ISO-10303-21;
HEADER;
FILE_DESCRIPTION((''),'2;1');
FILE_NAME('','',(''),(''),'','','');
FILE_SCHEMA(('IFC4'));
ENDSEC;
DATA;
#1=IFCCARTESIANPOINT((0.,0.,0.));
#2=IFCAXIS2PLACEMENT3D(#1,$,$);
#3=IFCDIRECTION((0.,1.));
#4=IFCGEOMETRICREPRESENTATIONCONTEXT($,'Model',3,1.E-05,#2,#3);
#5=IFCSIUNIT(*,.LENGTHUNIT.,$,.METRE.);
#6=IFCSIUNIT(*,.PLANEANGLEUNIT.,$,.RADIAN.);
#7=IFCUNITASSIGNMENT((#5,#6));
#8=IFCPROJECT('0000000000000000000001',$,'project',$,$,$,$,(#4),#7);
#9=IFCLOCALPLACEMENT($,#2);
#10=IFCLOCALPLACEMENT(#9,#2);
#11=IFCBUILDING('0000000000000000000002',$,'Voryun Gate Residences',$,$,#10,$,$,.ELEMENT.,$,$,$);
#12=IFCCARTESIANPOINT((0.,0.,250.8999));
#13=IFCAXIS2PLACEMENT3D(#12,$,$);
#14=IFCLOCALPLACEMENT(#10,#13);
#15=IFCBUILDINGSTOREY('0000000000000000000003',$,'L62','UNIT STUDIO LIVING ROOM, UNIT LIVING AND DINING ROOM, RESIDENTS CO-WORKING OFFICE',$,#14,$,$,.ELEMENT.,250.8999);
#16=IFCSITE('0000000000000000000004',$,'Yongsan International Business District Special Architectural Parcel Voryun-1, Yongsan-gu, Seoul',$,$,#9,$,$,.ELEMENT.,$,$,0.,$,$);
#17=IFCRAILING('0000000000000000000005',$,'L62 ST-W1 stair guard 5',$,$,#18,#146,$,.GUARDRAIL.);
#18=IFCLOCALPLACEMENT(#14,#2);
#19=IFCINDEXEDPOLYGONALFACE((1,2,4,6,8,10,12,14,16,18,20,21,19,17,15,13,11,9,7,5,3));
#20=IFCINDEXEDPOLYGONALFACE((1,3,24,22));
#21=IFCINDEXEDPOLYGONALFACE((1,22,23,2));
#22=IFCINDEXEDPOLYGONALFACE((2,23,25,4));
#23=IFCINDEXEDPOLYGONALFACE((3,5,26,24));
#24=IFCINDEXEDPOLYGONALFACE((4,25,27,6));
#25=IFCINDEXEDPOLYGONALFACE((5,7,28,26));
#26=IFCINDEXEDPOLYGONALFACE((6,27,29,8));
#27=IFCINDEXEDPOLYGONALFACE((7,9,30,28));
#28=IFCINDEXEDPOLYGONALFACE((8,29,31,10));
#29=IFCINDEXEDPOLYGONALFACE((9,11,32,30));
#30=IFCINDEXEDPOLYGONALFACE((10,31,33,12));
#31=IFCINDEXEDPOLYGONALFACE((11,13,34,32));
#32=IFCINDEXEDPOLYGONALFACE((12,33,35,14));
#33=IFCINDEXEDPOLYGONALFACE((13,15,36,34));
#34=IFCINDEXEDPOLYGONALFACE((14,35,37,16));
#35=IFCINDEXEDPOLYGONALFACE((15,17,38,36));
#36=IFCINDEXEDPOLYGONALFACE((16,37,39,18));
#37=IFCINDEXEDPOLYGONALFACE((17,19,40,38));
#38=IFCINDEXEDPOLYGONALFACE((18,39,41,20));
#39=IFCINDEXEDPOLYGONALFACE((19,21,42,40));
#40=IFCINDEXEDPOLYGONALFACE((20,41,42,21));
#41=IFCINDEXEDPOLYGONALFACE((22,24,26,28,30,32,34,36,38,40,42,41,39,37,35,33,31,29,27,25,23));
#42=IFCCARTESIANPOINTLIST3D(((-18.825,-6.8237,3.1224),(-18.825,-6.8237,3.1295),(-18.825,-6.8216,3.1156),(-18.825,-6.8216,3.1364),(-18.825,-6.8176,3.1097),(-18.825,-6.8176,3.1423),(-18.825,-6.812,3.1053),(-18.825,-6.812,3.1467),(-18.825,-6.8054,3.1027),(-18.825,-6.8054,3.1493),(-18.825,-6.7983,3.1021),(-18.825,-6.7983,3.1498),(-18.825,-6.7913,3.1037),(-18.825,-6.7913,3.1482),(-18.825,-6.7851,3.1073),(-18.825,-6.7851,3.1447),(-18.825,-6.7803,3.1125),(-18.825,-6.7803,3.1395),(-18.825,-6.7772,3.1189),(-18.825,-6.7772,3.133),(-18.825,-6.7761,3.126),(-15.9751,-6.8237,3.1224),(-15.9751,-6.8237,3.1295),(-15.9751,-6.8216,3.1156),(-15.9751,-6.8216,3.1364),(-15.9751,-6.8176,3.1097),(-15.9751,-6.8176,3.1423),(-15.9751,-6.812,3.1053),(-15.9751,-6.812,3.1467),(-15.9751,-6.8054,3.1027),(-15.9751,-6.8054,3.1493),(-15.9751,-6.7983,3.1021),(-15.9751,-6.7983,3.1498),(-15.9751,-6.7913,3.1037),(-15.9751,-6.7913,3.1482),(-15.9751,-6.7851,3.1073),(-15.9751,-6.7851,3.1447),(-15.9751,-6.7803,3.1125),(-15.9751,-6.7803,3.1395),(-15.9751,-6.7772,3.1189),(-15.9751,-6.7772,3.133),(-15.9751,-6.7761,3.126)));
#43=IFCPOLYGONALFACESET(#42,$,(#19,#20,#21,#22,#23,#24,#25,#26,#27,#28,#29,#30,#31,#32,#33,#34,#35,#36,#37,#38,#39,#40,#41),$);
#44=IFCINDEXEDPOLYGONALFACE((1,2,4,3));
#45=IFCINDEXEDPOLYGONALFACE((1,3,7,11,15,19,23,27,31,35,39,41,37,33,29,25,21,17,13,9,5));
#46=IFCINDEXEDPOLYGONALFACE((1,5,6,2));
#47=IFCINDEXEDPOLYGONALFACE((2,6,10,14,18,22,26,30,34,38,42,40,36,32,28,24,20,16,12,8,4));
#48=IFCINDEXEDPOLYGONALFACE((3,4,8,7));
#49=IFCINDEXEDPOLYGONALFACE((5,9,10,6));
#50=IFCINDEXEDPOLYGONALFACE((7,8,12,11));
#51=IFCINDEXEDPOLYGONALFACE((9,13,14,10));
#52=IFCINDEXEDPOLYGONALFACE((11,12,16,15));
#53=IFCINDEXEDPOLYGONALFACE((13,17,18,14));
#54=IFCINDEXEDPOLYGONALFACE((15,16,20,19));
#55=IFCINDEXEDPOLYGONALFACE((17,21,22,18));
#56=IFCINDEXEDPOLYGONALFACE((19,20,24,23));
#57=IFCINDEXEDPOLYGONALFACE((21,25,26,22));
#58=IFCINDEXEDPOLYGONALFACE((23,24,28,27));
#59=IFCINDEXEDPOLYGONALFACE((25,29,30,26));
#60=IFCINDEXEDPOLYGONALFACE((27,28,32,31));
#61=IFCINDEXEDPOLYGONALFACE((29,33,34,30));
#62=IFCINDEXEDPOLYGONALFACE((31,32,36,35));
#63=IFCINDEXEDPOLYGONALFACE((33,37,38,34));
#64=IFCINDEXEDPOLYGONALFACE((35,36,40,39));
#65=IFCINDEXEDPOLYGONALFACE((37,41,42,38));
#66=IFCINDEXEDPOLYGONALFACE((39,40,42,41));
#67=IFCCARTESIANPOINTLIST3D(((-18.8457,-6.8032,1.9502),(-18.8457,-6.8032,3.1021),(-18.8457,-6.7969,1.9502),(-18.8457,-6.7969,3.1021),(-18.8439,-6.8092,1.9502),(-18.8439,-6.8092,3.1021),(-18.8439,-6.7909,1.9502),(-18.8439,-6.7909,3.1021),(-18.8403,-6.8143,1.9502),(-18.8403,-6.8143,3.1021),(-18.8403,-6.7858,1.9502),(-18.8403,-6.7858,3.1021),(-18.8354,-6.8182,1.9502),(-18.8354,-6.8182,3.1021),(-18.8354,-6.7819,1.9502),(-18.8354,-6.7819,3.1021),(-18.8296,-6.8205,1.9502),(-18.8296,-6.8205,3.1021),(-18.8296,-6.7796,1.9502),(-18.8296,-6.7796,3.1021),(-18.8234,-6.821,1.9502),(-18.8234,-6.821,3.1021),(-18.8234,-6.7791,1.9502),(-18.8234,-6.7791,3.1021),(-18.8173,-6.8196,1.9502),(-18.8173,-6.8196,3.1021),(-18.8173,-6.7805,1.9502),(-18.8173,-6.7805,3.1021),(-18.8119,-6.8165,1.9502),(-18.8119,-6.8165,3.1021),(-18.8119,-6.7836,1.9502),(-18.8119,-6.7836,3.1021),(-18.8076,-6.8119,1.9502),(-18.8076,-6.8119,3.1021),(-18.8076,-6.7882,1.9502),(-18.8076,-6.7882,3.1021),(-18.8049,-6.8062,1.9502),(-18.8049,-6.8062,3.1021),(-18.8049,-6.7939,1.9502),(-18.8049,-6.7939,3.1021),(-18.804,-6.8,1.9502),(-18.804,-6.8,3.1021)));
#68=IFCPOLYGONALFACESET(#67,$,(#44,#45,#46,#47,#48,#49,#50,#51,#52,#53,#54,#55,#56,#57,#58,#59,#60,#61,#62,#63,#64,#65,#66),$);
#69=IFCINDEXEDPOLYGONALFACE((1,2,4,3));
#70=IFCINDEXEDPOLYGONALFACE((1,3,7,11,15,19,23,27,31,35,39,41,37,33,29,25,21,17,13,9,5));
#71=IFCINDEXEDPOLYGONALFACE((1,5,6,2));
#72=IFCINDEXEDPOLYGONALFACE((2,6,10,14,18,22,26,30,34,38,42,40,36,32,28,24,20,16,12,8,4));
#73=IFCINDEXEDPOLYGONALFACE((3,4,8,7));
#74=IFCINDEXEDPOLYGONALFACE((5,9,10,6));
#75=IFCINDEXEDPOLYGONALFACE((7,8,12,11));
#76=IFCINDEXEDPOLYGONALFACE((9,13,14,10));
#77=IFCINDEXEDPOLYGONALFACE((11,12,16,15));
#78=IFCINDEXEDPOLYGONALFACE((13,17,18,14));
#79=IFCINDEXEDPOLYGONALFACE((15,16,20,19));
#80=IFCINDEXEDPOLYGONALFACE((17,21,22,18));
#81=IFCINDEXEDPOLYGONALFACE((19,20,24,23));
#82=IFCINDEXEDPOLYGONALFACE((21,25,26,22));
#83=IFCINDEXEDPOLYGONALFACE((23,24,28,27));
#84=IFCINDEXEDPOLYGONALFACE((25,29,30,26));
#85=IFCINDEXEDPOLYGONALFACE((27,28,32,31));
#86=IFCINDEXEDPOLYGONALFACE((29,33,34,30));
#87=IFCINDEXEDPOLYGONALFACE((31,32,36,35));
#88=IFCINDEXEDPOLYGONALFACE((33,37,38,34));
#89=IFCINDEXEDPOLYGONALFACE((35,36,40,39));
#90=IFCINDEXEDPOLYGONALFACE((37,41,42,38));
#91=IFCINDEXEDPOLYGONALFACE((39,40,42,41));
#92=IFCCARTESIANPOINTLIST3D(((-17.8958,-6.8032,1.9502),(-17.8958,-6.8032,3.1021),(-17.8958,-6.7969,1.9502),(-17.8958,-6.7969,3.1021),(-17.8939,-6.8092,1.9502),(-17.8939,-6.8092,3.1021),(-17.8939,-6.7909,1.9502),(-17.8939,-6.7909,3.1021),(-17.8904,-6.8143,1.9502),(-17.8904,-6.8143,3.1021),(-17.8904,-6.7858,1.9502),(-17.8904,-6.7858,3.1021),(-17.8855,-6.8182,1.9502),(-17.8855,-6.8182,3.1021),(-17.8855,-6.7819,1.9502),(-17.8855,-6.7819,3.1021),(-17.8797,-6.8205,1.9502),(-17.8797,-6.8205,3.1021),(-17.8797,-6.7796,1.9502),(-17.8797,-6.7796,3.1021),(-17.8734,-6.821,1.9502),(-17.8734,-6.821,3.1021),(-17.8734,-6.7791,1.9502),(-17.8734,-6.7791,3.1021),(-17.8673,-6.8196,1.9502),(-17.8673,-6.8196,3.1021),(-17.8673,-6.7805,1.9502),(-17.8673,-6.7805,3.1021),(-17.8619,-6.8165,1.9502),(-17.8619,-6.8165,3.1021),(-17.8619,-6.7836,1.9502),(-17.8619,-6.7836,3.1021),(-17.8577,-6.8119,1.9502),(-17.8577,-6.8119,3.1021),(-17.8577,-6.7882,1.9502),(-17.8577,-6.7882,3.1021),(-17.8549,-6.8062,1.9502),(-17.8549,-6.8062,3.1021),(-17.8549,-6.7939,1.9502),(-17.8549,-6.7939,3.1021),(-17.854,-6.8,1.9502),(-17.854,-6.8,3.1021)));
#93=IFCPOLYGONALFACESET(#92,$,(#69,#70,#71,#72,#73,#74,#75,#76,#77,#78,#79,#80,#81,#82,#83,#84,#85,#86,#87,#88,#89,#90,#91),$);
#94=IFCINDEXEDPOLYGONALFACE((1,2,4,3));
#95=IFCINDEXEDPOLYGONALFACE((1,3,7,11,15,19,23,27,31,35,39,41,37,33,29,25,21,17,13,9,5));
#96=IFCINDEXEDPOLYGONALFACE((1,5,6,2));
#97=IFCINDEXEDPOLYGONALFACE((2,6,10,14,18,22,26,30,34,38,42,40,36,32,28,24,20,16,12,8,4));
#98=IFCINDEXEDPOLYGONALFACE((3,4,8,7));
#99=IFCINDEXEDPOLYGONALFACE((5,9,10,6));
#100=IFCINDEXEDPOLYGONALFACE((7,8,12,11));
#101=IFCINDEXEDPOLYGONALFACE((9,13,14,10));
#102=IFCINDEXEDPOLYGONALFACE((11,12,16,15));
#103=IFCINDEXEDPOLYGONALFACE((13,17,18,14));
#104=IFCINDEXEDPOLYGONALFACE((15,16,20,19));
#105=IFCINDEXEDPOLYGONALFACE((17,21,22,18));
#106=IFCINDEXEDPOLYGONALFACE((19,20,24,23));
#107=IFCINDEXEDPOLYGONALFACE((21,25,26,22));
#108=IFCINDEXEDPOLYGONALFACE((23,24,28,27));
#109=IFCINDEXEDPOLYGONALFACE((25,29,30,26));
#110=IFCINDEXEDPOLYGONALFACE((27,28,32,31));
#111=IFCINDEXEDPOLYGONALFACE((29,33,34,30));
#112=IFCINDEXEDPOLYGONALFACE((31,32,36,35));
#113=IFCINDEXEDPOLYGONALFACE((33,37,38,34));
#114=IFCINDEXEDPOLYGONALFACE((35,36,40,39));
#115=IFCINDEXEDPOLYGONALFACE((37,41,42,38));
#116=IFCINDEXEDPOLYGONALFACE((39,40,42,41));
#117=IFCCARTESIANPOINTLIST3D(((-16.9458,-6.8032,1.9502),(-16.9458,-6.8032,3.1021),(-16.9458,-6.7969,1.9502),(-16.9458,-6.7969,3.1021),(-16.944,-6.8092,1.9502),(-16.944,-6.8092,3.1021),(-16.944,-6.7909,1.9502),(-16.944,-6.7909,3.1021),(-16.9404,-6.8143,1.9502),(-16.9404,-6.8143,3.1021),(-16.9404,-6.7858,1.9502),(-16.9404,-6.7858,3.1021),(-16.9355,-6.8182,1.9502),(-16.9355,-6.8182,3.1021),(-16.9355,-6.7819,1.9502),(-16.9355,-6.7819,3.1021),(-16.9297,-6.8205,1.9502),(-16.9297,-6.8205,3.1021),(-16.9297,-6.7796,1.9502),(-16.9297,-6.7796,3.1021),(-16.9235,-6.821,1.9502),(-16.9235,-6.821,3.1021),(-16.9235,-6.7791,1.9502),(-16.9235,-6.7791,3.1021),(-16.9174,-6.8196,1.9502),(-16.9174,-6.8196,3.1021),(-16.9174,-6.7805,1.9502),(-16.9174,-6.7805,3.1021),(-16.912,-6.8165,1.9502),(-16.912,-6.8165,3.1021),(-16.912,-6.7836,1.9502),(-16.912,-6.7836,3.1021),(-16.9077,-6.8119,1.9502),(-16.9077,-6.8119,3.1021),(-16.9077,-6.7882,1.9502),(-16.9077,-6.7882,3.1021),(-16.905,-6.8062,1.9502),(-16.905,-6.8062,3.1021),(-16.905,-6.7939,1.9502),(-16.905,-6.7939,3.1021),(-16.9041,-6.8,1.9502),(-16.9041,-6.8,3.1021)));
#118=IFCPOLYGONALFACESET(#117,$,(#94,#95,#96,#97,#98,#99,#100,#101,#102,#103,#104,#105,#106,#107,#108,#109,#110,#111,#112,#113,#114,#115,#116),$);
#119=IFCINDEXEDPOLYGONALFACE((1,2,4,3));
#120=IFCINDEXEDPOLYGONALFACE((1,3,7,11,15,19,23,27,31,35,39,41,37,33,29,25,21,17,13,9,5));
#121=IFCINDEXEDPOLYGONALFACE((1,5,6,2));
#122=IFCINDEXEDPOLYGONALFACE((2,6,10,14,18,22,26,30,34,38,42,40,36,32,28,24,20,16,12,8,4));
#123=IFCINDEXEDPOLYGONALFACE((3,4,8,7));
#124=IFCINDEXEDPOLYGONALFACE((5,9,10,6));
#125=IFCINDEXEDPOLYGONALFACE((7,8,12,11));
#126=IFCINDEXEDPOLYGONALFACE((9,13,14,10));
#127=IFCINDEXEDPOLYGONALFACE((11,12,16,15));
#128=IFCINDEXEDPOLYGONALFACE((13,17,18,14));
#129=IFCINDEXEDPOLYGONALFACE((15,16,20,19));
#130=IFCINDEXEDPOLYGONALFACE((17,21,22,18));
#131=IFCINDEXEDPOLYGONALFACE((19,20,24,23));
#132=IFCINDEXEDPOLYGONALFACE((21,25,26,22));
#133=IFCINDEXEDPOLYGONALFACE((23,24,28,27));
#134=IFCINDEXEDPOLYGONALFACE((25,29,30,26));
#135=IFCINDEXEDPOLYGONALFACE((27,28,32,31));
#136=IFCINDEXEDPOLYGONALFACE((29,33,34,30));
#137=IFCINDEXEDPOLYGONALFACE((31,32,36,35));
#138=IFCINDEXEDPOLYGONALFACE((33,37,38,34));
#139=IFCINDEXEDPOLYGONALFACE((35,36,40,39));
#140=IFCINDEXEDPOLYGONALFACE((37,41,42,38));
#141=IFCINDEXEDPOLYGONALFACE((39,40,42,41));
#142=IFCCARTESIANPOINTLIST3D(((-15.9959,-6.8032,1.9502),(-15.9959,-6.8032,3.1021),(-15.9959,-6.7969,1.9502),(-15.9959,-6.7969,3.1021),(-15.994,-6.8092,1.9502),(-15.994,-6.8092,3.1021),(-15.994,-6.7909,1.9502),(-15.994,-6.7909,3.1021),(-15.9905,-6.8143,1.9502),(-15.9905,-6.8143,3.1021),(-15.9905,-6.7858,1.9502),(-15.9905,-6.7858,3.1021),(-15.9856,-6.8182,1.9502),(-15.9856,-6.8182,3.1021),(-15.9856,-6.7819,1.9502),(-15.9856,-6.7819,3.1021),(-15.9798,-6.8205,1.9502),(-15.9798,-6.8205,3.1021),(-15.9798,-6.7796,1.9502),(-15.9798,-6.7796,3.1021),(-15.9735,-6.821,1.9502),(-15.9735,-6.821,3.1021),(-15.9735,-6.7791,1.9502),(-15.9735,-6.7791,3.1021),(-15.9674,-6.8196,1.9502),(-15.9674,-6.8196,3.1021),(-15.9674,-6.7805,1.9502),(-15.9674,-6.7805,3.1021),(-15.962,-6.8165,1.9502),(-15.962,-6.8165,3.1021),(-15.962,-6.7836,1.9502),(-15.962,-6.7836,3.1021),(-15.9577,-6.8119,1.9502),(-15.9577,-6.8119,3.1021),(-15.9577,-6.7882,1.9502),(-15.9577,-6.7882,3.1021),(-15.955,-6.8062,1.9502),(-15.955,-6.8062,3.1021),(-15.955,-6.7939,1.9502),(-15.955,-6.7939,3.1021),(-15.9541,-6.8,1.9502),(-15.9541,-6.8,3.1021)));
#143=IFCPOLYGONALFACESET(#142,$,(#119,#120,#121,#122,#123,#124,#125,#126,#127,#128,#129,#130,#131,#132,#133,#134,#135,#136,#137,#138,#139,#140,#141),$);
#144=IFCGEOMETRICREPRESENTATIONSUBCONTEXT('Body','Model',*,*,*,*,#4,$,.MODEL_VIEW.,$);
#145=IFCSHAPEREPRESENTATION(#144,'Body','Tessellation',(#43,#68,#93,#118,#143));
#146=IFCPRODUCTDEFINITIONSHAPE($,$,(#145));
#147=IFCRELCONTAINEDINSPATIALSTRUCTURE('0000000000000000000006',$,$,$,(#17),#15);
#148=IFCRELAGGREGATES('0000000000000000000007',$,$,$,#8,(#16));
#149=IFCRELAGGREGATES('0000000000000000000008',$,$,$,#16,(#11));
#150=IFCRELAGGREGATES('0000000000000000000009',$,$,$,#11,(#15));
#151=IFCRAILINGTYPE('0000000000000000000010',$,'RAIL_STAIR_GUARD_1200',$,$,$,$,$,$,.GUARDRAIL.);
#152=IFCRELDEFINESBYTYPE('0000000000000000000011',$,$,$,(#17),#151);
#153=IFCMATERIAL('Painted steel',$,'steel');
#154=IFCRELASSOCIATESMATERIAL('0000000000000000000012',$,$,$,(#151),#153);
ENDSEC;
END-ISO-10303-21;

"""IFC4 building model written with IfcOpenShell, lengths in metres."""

from ifc_helpers import new_model, si_unit, direction, frame, origin, origin_2d, place, context, subcontext, project, spatial, circle, extrude, material, type_object, element, save


model = new_model("IFC4")

# Units and contexts
model_context = context("Model", 3, precision=1e-05, world=origin(), true_north=direction((0.0, 1.0)))
body_context = subcontext(model_context, "Body", "Model", "MODEL_VIEW")
ifc_project = project(units=[si_unit("LENGTHUNIT", "METRE"), si_unit("PLANEANGLEUNIT", "RADIAN")], contexts=[model_context])

# Site, building, storey
site_placement = place(None, origin())
site = spatial("IfcSite", under=ifc_project, at=site_placement, Name="Yongsan International Business District Special Architectural Parcel Voryun-1, Yongsan-gu, Seoul", CompositionType="ELEMENT", RefElevation=0.0)
building_placement = place(site_placement, origin())
building = spatial("IfcBuilding", under=site, at=building_placement, Name="Voryun Gate Residences", CompositionType="ELEMENT")
storey_placement = place(building_placement, frame((0.0, 0.0, 250.8999)))
storey = spatial("IfcBuildingStorey", under=building, at=storey_placement, Name="L62", Description="UNIT STUDIO LIVING ROOM, UNIT LIVING AND DINING ROOM, RESIDENTS CO-WORKING OFFICE", CompositionType="ELEMENT", Elevation=250.8999)

# Railing
ifc_material_1 = material(Name="Painted steel", Category="steel")
railing_type_1 = type_object("IfcRailingType", Name="RAIL_STAIR_GUARD_1200", PredefinedType="GUARDRAIL", material=ifc_material_1)
railing_1_placement = place(storey_placement, frame((-18.825, -6.8, 1.9502)))
element("IfcRailing", 1, at=railing_1_placement, inside=storey, type_object=railing_type_1, Name="L62 ST-W1 stair guard 5", PredefinedType="GUARDRAIL", context=body_context, shape_type="SweptSolid", body=[
    extrude(circle(Radius=0.0239, at=origin_2d()), frame((0.0, 0.0, 1.1758), z_axis=(1.0, 0.0, 0.0), x_axis=(0.0, 1.0, 0.0)), (0.0, 0.0, 1.0), 2.8499),
    extrude(circle(Radius=0.021, at=origin_2d()), origin(), (0.0, 0.0, 1.0), 1.1519),
    extrude(circle(Radius=0.021, at=origin_2d()), frame((0.95, 0.0, 0.0)), (0.0, 0.0, 1.0), 1.1519),
    extrude(circle(Radius=0.021, at=origin_2d()), frame((1.8999, 0.0, 0.0)), (0.0, 0.0, 1.0), 1.1519),
    extrude(circle(Radius=0.021, at=origin_2d()), frame((2.8499, 0.0, 0.0)), (0.0, 0.0, 1.0), 1.1519),
])

save(model, "model.ifc")
